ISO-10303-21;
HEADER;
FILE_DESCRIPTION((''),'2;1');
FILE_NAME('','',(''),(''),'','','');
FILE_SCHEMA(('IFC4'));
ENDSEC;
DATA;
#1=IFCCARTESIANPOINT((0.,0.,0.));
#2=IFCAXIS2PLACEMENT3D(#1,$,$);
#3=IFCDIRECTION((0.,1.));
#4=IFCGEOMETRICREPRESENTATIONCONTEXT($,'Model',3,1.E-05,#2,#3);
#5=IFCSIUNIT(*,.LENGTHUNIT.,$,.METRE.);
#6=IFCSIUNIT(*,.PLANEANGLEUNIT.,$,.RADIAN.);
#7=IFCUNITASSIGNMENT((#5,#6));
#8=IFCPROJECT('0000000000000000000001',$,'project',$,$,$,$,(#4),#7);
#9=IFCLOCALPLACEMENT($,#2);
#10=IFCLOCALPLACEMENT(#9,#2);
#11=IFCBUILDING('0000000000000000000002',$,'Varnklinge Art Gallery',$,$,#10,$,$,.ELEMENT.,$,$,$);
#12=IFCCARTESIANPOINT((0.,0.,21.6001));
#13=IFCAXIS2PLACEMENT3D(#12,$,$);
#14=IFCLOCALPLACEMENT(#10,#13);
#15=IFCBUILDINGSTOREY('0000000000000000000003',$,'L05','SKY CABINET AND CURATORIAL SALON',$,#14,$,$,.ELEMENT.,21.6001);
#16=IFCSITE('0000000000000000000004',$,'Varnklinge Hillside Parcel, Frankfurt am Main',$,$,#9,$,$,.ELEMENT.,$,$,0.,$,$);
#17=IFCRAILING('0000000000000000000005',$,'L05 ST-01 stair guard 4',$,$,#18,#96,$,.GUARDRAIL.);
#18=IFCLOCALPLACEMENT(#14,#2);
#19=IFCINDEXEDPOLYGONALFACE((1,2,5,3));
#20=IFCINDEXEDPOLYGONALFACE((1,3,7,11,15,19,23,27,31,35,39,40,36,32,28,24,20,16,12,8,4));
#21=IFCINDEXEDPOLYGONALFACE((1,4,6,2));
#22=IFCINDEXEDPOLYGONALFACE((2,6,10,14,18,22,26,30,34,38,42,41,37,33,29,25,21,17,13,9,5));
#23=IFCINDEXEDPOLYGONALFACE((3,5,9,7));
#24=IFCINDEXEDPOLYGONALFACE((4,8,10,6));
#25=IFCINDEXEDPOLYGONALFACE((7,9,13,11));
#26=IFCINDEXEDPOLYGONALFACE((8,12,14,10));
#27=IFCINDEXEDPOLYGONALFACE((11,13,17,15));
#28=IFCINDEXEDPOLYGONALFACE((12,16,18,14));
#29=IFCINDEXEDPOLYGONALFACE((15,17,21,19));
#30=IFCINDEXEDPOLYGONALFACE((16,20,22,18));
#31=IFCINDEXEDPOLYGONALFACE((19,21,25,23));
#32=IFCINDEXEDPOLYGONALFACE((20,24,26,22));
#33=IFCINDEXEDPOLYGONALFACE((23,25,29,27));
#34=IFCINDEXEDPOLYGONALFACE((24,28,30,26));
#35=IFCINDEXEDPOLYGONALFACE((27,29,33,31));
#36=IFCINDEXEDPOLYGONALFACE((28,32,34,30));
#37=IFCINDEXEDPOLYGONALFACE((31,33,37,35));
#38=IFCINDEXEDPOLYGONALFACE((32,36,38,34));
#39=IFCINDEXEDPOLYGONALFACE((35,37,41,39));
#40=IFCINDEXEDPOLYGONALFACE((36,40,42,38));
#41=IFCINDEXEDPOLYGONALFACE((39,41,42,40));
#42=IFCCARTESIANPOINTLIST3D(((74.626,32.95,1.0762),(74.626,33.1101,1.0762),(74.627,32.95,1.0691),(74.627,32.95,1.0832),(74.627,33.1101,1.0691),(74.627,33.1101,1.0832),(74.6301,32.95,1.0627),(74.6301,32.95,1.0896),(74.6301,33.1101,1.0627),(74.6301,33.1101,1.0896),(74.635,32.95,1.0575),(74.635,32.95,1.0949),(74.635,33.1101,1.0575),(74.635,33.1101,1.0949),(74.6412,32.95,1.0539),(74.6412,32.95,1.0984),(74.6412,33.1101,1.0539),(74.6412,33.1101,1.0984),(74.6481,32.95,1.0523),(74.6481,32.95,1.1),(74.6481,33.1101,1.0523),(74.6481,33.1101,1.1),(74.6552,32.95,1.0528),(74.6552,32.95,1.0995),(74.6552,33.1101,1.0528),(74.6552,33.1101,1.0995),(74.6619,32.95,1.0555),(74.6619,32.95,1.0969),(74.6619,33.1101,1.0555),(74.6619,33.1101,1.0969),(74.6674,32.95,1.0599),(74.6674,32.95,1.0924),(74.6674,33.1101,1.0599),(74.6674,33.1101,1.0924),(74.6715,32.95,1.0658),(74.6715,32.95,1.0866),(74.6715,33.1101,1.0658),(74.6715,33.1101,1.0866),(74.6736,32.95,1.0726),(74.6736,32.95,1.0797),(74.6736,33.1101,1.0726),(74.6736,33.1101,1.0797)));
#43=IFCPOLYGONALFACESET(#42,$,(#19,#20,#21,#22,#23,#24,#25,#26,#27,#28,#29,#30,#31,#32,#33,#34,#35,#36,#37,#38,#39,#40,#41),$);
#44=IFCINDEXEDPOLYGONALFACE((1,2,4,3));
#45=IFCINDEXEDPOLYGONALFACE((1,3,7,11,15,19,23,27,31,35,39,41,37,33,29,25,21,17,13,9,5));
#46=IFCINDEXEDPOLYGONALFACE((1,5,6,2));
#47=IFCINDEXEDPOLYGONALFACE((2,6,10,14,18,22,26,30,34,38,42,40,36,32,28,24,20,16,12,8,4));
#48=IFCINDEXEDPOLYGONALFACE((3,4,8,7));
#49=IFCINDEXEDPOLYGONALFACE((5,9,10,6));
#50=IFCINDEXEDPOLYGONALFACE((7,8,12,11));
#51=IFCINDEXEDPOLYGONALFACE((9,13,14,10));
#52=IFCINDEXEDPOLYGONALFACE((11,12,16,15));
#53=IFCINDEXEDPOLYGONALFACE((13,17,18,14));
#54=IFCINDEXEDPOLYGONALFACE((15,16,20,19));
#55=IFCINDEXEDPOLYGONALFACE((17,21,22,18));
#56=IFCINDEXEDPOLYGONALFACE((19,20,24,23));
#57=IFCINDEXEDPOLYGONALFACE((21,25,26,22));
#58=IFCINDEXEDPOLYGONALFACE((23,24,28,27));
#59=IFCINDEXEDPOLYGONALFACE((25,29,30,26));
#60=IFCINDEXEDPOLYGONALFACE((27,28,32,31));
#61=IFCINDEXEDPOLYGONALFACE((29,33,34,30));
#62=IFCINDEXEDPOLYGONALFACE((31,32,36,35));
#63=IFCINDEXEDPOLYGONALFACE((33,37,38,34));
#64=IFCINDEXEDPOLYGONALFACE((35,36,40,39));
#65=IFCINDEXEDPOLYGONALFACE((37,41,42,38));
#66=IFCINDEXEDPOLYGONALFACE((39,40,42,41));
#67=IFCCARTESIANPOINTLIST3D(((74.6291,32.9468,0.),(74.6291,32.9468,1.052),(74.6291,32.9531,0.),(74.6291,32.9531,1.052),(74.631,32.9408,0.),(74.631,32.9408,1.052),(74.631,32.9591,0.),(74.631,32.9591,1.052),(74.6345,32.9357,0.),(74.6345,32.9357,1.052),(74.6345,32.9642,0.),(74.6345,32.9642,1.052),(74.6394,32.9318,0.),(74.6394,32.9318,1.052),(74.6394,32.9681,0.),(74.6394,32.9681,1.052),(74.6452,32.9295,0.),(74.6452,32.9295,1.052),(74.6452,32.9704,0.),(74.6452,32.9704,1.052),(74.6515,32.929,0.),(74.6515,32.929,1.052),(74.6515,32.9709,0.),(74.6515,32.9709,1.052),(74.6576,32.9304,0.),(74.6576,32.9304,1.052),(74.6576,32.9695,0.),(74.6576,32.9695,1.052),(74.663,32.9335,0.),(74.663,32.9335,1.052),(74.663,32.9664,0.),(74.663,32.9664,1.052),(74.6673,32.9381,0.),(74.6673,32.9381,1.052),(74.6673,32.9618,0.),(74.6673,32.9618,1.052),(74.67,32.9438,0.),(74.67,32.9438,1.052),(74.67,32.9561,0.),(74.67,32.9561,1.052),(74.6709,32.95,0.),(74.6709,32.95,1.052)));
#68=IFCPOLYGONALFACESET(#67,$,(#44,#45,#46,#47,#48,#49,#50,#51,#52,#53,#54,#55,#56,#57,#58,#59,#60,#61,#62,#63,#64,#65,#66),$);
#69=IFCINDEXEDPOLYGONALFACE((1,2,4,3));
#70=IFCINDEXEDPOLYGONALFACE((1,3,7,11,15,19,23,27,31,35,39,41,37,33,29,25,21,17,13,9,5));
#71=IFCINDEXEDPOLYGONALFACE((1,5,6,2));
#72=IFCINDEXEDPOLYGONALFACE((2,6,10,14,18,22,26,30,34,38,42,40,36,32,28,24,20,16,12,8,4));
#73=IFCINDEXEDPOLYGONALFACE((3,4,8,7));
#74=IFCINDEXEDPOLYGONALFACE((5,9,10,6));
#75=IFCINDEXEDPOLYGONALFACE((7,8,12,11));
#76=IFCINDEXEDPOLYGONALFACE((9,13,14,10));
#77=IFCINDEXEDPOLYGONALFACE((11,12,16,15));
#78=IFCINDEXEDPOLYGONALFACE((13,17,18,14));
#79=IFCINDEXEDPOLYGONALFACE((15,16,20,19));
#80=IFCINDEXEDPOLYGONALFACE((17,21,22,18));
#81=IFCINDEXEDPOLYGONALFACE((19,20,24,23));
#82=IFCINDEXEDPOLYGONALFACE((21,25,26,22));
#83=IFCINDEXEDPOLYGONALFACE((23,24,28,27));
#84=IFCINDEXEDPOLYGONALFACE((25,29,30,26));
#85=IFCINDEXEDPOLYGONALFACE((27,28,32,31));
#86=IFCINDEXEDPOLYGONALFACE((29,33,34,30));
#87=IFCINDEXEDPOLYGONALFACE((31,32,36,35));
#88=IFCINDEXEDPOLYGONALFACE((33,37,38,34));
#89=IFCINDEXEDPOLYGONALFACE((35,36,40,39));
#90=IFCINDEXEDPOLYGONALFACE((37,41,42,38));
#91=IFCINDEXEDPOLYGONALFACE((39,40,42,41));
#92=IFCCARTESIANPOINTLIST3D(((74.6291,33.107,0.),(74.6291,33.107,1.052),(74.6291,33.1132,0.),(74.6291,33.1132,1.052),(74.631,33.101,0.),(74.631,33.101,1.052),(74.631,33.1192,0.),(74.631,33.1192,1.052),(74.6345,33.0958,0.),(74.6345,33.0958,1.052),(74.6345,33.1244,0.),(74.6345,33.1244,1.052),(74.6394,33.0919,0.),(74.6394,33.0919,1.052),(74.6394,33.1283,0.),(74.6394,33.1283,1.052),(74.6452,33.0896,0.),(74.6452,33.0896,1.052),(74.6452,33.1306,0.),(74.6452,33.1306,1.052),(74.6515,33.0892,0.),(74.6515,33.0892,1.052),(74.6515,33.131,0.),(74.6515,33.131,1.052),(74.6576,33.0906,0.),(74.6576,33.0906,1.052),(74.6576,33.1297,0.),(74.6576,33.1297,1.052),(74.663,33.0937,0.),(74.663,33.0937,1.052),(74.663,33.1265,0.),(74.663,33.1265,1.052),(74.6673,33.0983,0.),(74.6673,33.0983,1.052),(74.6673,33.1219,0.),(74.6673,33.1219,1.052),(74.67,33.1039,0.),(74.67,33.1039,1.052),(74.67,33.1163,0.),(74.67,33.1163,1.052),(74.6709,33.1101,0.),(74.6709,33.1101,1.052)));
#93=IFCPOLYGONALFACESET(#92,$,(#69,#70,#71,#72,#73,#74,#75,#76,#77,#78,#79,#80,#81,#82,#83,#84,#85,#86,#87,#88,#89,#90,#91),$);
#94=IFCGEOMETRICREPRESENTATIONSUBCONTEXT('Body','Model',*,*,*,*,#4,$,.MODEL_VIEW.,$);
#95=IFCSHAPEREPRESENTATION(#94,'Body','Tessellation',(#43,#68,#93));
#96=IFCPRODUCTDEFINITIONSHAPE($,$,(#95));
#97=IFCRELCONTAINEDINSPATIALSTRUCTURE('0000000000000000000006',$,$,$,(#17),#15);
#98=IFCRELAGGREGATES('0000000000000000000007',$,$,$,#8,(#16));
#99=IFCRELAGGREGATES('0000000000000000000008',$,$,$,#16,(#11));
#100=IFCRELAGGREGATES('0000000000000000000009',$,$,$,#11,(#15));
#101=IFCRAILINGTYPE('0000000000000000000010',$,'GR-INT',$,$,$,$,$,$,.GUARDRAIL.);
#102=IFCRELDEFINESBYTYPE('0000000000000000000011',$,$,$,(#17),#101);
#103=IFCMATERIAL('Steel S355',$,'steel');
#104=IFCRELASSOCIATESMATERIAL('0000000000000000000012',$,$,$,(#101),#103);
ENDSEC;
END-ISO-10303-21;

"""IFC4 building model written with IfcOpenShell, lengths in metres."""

from ifc_helpers import new_model, si_unit, direction, frame, origin, origin_2d, place, context, subcontext, project, spatial, circle, extrude, material, type_object, element, save


model = new_model("IFC4")

# Units and contexts
model_context = context("Model", 3, precision=1e-05, world=origin(), true_north=direction((0.0, 1.0)))
body_context = subcontext(model_context, "Body", "Model", "MODEL_VIEW")
ifc_project = project(units=[si_unit("LENGTHUNIT", "METRE"), si_unit("PLANEANGLEUNIT", "RADIAN")], contexts=[model_context])

# Site, building, storey
site_placement = place(None, origin())
site = spatial("IfcSite", under=ifc_project, at=site_placement, Name="Varnklinge Hillside Parcel, Frankfurt am Main", CompositionType="ELEMENT", RefElevation=0.0)
building_placement = place(site_placement, origin())
building = spatial("IfcBuilding", under=site, at=building_placement, Name="Varnklinge Art Gallery", CompositionType="ELEMENT")
storey_placement = place(building_placement, frame((0.0, 0.0, 21.6001)))
storey = spatial("IfcBuildingStorey", under=building, at=storey_placement, Name="L05", Description="SKY CABINET AND CURATORIAL SALON", CompositionType="ELEMENT", Elevation=21.6001)

# Railing
ifc_material_1 = material(Name="Steel S355", Category="steel")
railing_type_1 = type_object("IfcRailingType", Name="GR-INT", PredefinedType="GUARDRAIL", material=ifc_material_1)
railing_1_placement = place(storey_placement, frame((74.6499, 32.95, 0.0)))
element("IfcRailing", 1, at=railing_1_placement, inside=storey, type_object=railing_type_1, Name="L05 ST-01 stair guard 4", PredefinedType="GUARDRAIL", context=body_context, shape_type="SweptSolid", body=[
    extrude(circle(Radius=0.0239, at=origin_2d()), frame((0.0, 0.0, 1.0762), z_axis=(0.0, 1.0, 0.0), x_axis=(-1.0, 0.0, 0.0)), (0.0, 0.0, 1.0), 0.1602),
    extrude(circle(Radius=0.021, at=origin_2d()), origin(), (0.0, 0.0, 1.0), 1.052),
    extrude(circle(Radius=0.021, at=origin_2d()), frame((0.0, 0.1602, 0.0)), (0.0, 0.0, 1.0), 1.052),
])

save(model, "model.ifc")
